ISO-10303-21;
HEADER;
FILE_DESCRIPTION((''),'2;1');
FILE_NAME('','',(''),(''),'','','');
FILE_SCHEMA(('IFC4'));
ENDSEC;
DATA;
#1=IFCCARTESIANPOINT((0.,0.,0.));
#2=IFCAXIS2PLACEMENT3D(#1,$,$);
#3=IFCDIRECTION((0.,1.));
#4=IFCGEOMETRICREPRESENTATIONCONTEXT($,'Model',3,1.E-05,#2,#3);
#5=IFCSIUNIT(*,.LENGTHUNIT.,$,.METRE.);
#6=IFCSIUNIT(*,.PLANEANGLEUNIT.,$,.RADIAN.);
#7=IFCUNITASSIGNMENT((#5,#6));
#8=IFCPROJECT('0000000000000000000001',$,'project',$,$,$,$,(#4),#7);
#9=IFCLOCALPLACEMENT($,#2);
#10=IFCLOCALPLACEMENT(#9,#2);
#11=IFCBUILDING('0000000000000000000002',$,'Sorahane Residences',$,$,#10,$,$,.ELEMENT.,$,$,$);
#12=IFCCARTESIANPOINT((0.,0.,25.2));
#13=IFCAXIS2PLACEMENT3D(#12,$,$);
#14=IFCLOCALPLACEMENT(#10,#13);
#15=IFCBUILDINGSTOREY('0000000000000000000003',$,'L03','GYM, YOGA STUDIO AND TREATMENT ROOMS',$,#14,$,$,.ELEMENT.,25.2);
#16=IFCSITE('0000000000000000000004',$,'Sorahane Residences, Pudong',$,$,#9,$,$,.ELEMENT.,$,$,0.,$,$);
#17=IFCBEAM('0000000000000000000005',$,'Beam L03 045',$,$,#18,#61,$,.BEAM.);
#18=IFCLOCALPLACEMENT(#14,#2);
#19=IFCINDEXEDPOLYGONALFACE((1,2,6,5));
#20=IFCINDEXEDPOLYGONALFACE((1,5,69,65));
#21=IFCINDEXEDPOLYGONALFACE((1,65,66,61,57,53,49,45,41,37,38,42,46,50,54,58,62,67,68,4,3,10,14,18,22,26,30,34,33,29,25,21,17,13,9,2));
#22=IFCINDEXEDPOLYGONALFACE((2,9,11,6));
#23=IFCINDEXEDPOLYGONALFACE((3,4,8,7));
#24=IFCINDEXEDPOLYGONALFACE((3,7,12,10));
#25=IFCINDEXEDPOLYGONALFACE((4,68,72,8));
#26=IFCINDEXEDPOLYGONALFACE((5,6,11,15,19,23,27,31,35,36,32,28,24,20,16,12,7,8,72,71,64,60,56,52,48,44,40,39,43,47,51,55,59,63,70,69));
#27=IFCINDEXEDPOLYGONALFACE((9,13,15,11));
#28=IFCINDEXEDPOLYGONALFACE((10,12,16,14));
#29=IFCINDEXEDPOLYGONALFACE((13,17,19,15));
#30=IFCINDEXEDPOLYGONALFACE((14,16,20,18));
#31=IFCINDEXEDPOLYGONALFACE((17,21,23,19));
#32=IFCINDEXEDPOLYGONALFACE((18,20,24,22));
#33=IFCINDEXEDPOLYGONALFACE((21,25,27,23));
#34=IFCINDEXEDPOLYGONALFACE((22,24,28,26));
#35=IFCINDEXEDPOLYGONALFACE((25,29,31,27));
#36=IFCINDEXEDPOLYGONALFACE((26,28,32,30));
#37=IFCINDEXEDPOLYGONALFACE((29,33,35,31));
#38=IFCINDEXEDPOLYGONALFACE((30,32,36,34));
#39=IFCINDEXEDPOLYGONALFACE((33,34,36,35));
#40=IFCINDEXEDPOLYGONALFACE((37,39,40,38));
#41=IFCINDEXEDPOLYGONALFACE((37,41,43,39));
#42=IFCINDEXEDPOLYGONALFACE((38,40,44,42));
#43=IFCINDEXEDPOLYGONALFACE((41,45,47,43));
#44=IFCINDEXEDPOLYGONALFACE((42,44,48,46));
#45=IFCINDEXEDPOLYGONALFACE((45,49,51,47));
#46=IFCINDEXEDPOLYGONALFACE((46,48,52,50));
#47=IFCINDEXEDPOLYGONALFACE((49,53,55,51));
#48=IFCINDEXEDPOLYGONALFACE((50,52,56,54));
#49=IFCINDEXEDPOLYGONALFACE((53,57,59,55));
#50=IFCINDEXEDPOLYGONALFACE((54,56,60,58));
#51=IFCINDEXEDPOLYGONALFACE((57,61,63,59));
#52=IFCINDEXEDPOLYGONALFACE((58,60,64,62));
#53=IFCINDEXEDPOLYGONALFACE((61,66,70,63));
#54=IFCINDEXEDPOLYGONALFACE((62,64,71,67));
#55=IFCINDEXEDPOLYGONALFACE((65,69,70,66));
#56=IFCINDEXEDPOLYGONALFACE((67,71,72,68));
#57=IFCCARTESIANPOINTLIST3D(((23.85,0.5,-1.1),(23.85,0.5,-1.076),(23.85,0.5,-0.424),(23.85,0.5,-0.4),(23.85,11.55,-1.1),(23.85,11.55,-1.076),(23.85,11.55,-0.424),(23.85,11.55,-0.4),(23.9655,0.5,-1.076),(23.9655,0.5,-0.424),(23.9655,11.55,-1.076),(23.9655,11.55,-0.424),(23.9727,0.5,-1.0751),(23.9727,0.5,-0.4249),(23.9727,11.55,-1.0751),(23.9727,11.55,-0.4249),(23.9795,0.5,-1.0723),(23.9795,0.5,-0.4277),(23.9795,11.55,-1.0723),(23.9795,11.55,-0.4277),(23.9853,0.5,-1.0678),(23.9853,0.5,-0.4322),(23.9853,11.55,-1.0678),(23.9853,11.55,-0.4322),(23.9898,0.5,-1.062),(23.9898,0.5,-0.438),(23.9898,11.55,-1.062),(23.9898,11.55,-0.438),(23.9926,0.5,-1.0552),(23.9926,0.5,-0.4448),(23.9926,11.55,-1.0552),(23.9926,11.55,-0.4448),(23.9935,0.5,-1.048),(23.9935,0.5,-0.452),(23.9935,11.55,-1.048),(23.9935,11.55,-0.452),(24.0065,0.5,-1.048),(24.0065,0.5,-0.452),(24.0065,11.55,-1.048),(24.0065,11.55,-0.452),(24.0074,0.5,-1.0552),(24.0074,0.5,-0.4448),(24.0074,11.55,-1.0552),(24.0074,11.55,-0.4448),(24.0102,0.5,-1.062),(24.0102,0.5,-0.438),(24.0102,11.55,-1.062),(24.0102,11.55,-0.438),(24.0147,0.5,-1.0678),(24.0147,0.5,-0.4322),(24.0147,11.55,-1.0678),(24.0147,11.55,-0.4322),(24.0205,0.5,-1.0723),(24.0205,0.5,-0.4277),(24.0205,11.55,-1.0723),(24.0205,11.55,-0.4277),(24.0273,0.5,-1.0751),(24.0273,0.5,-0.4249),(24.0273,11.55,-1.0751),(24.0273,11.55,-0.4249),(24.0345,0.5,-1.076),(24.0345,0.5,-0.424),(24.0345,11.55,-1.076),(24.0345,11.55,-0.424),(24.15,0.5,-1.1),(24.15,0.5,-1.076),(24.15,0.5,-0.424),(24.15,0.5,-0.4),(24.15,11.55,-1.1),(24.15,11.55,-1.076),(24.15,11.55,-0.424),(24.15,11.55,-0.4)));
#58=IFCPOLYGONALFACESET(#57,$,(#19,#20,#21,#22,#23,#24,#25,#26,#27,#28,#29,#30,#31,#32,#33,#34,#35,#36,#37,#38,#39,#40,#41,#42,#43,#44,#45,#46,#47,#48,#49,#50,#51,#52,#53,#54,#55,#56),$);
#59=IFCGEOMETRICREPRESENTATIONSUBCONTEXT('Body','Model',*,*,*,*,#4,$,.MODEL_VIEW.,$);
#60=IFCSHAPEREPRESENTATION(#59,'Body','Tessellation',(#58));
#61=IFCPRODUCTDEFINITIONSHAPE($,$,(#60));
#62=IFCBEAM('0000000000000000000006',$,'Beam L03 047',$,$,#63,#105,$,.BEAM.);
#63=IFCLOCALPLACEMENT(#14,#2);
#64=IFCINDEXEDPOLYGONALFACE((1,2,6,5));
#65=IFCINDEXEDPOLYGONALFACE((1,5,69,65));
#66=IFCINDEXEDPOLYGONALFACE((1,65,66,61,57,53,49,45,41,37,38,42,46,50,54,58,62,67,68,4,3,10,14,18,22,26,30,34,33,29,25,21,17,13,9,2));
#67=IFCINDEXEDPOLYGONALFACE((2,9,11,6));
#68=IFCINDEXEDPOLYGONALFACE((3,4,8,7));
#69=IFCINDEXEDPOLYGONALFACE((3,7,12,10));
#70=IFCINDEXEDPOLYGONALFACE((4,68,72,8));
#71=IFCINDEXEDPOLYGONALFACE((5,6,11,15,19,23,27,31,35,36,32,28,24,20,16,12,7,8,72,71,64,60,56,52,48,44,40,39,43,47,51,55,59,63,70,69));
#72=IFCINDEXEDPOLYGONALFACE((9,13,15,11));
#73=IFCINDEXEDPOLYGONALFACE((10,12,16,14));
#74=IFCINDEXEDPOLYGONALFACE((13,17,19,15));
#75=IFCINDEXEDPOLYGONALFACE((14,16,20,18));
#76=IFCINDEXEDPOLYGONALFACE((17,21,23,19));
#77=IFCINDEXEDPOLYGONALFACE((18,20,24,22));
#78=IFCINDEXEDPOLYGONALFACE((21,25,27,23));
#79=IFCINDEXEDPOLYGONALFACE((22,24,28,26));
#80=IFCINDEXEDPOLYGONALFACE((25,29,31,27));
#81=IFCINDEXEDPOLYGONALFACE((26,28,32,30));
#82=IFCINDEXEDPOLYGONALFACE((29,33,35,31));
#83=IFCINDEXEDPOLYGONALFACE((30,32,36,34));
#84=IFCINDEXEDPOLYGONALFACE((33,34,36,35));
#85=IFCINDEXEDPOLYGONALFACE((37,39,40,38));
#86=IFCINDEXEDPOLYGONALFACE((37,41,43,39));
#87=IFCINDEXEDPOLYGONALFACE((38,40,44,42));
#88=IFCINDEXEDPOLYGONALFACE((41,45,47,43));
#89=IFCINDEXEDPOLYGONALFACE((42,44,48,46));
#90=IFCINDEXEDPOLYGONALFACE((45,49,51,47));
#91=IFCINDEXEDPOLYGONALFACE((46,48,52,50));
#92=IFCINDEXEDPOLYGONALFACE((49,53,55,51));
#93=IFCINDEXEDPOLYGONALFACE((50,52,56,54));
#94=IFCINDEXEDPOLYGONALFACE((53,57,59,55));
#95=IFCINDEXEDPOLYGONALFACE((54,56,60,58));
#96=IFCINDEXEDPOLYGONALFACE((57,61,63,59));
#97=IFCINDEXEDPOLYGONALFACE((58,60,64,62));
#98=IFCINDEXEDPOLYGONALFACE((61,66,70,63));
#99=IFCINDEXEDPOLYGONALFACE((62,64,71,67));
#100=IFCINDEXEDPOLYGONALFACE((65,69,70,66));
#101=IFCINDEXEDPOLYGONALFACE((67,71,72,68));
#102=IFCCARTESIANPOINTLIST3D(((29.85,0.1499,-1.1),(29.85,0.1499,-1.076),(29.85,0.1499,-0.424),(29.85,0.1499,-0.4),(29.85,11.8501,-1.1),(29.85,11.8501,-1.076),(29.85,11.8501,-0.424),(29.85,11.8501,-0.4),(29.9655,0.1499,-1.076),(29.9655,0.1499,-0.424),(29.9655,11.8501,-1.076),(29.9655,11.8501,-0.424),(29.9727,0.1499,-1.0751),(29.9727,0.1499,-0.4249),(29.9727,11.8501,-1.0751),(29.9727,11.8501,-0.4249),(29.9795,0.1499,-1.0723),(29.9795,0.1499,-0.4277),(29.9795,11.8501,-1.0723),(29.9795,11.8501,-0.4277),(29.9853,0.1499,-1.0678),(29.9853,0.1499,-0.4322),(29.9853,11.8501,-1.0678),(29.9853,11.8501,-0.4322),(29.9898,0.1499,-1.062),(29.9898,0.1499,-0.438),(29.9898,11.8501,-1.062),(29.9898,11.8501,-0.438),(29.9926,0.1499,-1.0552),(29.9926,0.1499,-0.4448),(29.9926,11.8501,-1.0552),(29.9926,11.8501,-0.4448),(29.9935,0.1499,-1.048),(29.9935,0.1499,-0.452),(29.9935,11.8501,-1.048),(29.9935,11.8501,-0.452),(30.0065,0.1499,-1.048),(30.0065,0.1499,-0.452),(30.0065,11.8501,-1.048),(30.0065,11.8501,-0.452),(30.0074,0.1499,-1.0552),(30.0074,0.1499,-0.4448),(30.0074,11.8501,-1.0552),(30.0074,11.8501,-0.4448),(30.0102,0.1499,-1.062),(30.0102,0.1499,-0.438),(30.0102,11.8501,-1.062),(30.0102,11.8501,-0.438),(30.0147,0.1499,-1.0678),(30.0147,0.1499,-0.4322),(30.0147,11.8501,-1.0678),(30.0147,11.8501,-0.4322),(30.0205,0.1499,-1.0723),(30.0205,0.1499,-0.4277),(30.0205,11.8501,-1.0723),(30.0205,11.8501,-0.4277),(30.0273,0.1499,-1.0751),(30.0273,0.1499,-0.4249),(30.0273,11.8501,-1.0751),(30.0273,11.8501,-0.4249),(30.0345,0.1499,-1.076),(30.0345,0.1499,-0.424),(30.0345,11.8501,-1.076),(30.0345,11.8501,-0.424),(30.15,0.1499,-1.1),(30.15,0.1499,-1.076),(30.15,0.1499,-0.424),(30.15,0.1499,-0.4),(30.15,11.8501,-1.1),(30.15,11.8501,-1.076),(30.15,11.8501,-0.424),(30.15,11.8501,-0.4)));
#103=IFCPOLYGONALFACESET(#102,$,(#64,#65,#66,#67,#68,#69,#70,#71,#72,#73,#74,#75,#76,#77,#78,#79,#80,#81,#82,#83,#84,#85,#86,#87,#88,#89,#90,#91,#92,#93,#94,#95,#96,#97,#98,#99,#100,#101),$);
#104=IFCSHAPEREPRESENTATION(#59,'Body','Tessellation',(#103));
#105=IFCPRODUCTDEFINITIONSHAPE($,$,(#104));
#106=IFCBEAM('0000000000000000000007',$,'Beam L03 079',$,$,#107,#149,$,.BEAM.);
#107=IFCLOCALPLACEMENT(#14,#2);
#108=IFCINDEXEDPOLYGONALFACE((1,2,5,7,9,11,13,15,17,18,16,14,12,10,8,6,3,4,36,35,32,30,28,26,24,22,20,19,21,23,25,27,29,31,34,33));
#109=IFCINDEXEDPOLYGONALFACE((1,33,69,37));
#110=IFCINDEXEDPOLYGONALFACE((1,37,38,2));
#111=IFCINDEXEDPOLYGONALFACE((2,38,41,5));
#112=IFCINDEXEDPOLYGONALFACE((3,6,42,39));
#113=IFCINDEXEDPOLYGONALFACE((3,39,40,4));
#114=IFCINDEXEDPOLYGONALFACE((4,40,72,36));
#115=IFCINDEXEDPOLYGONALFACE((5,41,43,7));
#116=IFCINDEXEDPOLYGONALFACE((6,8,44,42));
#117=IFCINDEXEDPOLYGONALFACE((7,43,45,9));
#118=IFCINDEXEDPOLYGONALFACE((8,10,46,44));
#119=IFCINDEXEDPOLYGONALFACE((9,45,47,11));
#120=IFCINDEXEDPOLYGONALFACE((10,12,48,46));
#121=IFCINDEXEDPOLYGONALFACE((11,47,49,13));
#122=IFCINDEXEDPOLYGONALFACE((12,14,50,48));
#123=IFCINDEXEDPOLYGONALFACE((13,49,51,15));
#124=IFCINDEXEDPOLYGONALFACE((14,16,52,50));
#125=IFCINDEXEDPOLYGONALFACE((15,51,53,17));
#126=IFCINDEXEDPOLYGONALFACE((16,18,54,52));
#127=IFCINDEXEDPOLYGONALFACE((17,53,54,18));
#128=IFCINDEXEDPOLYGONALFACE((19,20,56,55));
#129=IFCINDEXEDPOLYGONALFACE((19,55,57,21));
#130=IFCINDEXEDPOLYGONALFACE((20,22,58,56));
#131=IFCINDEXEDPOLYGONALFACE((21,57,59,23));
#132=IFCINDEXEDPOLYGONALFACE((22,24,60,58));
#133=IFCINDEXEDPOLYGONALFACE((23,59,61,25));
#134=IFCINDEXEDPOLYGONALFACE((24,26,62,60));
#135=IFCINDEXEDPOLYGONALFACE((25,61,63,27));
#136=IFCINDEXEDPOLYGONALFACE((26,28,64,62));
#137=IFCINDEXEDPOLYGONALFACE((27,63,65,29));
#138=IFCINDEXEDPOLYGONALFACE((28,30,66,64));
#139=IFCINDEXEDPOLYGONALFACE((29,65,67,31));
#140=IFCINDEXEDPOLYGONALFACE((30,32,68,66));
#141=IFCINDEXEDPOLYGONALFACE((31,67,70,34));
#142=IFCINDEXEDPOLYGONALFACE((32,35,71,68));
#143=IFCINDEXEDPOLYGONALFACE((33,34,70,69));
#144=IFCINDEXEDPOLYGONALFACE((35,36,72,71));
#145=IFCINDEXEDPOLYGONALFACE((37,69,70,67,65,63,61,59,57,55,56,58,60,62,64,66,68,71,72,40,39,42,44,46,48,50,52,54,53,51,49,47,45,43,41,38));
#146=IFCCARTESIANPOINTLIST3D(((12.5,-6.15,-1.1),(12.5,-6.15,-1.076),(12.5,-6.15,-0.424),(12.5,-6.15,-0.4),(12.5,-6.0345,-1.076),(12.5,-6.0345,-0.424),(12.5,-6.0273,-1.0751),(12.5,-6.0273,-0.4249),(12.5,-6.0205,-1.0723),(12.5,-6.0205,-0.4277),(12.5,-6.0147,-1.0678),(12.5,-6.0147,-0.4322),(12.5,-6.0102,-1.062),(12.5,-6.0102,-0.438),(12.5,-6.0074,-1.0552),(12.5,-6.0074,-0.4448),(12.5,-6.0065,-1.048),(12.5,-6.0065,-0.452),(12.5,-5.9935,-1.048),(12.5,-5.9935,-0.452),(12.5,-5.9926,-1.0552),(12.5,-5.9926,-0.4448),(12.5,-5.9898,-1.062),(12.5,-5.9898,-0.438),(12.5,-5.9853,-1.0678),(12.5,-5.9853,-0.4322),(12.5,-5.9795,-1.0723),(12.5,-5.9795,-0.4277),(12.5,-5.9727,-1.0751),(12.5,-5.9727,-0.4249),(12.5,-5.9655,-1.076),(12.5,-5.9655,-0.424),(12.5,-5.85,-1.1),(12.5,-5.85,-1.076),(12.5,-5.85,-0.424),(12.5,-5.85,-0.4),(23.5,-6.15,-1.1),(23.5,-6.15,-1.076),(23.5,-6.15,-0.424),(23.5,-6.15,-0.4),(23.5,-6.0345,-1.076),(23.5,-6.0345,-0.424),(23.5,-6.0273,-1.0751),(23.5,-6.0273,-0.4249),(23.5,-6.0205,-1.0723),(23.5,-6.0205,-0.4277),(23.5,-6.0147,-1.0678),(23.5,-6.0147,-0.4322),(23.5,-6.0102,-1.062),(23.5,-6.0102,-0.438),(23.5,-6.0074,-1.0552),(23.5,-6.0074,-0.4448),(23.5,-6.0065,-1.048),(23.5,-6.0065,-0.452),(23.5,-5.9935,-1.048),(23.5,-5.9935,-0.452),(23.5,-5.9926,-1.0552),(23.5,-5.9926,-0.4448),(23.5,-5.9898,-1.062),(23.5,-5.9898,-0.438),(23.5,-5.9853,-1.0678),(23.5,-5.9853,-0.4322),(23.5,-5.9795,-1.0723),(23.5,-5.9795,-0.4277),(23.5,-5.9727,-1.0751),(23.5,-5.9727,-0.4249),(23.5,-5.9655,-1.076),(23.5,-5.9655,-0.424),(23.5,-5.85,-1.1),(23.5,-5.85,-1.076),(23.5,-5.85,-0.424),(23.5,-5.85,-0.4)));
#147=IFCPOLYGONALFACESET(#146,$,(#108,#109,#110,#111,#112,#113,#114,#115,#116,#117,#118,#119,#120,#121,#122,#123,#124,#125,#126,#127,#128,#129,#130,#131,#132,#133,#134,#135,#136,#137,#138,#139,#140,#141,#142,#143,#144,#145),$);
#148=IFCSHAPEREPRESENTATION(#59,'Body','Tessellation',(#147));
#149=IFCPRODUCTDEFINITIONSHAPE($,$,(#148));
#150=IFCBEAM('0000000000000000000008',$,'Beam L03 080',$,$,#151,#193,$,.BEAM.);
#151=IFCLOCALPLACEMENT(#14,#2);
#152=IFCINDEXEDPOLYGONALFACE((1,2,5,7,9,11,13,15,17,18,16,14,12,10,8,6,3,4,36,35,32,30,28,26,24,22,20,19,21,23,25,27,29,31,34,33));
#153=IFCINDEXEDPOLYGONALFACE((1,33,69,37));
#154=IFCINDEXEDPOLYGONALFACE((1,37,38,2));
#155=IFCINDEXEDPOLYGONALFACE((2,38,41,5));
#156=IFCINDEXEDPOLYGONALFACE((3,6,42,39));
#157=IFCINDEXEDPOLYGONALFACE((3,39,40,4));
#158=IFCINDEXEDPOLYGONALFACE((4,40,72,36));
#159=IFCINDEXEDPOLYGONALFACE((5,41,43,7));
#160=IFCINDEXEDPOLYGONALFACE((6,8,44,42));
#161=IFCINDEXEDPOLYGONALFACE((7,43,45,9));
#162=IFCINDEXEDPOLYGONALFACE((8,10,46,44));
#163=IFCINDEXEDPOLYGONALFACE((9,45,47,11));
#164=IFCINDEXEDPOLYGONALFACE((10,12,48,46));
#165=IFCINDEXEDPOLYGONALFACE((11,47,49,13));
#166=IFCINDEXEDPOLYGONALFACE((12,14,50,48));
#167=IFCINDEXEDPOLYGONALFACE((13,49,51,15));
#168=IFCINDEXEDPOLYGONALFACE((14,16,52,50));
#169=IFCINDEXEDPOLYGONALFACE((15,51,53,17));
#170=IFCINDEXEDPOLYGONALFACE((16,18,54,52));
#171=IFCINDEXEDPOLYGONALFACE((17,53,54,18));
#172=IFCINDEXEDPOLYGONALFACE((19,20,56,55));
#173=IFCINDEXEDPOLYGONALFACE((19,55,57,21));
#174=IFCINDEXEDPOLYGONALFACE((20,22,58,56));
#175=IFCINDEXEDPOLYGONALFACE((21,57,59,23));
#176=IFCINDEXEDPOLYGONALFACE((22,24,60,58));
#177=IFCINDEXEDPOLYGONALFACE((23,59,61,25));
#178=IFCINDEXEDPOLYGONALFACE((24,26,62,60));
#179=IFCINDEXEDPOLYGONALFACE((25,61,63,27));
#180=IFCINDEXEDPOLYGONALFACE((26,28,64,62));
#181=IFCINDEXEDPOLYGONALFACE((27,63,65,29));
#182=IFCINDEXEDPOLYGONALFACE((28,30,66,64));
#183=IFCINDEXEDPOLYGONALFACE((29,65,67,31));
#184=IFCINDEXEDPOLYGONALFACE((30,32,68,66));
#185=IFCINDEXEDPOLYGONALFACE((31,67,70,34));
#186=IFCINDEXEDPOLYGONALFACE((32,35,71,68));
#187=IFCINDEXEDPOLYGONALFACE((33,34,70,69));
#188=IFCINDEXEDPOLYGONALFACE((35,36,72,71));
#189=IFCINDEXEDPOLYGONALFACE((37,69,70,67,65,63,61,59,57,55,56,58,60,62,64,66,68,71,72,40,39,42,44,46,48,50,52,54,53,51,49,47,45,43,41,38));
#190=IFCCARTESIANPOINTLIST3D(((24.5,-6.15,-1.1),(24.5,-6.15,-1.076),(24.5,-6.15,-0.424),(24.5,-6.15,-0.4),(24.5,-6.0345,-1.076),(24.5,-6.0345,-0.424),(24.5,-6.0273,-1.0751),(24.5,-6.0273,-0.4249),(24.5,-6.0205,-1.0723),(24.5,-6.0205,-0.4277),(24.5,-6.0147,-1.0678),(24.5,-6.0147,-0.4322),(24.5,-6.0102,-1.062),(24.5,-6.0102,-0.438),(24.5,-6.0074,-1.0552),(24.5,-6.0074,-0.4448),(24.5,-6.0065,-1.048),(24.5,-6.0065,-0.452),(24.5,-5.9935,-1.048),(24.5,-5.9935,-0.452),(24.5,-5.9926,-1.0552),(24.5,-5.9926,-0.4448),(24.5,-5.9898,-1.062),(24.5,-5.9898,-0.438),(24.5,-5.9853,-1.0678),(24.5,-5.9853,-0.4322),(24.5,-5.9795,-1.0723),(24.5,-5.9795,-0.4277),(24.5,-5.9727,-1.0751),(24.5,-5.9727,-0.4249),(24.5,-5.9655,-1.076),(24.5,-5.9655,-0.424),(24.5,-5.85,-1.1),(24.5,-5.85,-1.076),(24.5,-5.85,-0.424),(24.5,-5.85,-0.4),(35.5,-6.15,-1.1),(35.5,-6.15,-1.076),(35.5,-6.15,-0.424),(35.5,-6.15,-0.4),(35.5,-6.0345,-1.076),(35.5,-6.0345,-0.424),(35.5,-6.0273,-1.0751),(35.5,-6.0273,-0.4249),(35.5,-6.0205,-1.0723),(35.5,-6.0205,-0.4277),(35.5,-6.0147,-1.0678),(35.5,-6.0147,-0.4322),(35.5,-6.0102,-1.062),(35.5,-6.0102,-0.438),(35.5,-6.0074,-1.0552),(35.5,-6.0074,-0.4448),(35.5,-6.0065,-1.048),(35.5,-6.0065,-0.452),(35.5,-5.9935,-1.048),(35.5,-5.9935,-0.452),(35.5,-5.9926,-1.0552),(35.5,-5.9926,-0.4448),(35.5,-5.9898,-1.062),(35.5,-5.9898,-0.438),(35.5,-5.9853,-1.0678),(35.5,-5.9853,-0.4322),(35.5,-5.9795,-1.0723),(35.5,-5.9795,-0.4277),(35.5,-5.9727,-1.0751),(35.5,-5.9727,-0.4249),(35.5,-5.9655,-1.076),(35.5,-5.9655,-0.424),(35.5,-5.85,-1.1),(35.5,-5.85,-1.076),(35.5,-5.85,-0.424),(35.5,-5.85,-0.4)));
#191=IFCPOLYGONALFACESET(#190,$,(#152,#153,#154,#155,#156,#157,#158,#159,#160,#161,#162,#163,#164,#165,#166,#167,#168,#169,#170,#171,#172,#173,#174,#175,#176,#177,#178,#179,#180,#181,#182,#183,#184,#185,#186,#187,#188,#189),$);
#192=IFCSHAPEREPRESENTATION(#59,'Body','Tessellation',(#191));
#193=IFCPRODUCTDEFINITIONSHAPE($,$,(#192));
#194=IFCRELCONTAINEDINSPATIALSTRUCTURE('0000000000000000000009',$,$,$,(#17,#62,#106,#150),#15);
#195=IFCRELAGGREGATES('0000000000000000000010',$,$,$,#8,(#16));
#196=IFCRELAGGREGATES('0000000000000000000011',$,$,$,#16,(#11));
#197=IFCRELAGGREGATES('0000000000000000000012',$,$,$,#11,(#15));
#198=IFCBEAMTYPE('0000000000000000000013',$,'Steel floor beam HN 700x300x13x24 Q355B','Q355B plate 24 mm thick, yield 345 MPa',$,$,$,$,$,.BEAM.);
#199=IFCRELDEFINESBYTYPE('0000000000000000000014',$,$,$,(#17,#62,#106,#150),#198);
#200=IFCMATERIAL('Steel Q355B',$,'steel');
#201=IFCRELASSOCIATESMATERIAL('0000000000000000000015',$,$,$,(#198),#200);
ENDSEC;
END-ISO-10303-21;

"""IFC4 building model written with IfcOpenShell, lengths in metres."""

from ifc_helpers import new_model, si_unit, direction, frame, origin, origin_2d, place, context, subcontext, project, spatial, i_section, extrude, material, material_profile, profile_set, type_object, element, save


model = new_model("IFC4")

# Units and contexts
model_context = context("Model", 3, precision=1e-05, world=origin(), true_north=direction((0.0, 1.0)))
body_context = subcontext(model_context, "Body", "Model", "MODEL_VIEW")
ifc_project = project(units=[si_unit("LENGTHUNIT", "METRE"), si_unit("PLANEANGLEUNIT", "RADIAN")], contexts=[model_context])

# Site, building, storey
site_placement = place(None, origin())
site = spatial("IfcSite", under=ifc_project, at=site_placement, Name="Sorahane Residences, Pudong", CompositionType="ELEMENT", RefElevation=0.0)
building_placement = place(site_placement, origin())
building = spatial("IfcBuilding", under=site, at=building_placement, Name="Sorahane Residences", CompositionType="ELEMENT")
storey_placement = place(building_placement, frame((0.0, 0.0, 25.2)))
storey = spatial("IfcBuildingStorey", under=building, at=storey_placement, Name="L03", Description="GYM, YOGA STUDIO AND TREATMENT ROOMS", CompositionType="ELEMENT", Elevation=25.2)

# Beams
ifc_material_1 = material(Name="Steel Q355B", Category="steel")
ifc_material_profile_1 = material_profile(ifc_material_1, i_section(OverallWidth=0.3, OverallDepth=0.7, WebThickness=0.0129, FlangeThickness=0.0239, FilletRadius=0.0281, at=origin_2d()), Name="HN 700x300x13x24")
ifc_profile_set_1 = profile_set([ifc_material_profile_1], Name="Steel Q355B")
beam_type_1 = type_object("IfcBeamType", Name="Steel floor beam HN 700x300x13x24 Q355B", Description="Q355B plate 24 mm thick, yield 345 MPa", PredefinedType="BEAM", material=ifc_profile_set_1)
beam_1_placement = place(storey_placement, frame((24.0, 0.5, -0.75), z_axis=(0.0, 1.0, 0.0), x_axis=(-1.0, 0.0, 0.0)))
element("IfcBeam", 1, at=beam_1_placement, inside=storey, type_object=beam_type_1, Name="Beam L03 045", PredefinedType="BEAM", context=body_context, shape_type="SweptSolid", body=[
    extrude(i_section(OverallWidth=0.3, OverallDepth=0.7, WebThickness=0.0129, FlangeThickness=0.0239, FilletRadius=0.0281, at=origin_2d()), origin(), (0.0, 0.0, 1.0), 11.05),
])
beam_2_placement = place(storey_placement, frame((30.0, 0.1499, -0.75), z_axis=(0.0, 1.0, 0.0), x_axis=(-1.0, 0.0, 0.0)))
element("IfcBeam", 2, at=beam_2_placement, inside=storey, type_object=beam_type_1, Name="Beam L03 047", PredefinedType="BEAM", context=body_context, shape_type="SweptSolid", body=[
    extrude(i_section(OverallWidth=0.3, OverallDepth=0.7, WebThickness=0.0129, FlangeThickness=0.0239, FilletRadius=0.0281, at=origin_2d()), origin(), (0.0, 0.0, 1.0), 11.7002),
])
for number, where, z_axis, x_axis, name in (
    (3, (12.5, -6.0, -0.75), (1.0, 0.0, 0.0), (0.0, 1.0, 0.0), "Beam L03 079"),
    (4, (24.5, -6.0, -0.75), (1.0, 0.0, 0.0), (0.0, 1.0, 0.0), "Beam L03 080"),
):
    element("IfcBeam", number, at=place(storey_placement, frame(where, z_axis=z_axis, x_axis=x_axis)), inside=storey, type_object=beam_type_1, Name=name, PredefinedType="BEAM", context=body_context, shape_type="SweptSolid", body=[
        extrude(i_section(OverallWidth=0.3, OverallDepth=0.7, WebThickness=0.0129, FlangeThickness=0.0239, FilletRadius=0.0281, at=origin_2d()), origin(), (0.0, 0.0, 1.0), 11.0),
    ])

save(model, "model.ifc")
